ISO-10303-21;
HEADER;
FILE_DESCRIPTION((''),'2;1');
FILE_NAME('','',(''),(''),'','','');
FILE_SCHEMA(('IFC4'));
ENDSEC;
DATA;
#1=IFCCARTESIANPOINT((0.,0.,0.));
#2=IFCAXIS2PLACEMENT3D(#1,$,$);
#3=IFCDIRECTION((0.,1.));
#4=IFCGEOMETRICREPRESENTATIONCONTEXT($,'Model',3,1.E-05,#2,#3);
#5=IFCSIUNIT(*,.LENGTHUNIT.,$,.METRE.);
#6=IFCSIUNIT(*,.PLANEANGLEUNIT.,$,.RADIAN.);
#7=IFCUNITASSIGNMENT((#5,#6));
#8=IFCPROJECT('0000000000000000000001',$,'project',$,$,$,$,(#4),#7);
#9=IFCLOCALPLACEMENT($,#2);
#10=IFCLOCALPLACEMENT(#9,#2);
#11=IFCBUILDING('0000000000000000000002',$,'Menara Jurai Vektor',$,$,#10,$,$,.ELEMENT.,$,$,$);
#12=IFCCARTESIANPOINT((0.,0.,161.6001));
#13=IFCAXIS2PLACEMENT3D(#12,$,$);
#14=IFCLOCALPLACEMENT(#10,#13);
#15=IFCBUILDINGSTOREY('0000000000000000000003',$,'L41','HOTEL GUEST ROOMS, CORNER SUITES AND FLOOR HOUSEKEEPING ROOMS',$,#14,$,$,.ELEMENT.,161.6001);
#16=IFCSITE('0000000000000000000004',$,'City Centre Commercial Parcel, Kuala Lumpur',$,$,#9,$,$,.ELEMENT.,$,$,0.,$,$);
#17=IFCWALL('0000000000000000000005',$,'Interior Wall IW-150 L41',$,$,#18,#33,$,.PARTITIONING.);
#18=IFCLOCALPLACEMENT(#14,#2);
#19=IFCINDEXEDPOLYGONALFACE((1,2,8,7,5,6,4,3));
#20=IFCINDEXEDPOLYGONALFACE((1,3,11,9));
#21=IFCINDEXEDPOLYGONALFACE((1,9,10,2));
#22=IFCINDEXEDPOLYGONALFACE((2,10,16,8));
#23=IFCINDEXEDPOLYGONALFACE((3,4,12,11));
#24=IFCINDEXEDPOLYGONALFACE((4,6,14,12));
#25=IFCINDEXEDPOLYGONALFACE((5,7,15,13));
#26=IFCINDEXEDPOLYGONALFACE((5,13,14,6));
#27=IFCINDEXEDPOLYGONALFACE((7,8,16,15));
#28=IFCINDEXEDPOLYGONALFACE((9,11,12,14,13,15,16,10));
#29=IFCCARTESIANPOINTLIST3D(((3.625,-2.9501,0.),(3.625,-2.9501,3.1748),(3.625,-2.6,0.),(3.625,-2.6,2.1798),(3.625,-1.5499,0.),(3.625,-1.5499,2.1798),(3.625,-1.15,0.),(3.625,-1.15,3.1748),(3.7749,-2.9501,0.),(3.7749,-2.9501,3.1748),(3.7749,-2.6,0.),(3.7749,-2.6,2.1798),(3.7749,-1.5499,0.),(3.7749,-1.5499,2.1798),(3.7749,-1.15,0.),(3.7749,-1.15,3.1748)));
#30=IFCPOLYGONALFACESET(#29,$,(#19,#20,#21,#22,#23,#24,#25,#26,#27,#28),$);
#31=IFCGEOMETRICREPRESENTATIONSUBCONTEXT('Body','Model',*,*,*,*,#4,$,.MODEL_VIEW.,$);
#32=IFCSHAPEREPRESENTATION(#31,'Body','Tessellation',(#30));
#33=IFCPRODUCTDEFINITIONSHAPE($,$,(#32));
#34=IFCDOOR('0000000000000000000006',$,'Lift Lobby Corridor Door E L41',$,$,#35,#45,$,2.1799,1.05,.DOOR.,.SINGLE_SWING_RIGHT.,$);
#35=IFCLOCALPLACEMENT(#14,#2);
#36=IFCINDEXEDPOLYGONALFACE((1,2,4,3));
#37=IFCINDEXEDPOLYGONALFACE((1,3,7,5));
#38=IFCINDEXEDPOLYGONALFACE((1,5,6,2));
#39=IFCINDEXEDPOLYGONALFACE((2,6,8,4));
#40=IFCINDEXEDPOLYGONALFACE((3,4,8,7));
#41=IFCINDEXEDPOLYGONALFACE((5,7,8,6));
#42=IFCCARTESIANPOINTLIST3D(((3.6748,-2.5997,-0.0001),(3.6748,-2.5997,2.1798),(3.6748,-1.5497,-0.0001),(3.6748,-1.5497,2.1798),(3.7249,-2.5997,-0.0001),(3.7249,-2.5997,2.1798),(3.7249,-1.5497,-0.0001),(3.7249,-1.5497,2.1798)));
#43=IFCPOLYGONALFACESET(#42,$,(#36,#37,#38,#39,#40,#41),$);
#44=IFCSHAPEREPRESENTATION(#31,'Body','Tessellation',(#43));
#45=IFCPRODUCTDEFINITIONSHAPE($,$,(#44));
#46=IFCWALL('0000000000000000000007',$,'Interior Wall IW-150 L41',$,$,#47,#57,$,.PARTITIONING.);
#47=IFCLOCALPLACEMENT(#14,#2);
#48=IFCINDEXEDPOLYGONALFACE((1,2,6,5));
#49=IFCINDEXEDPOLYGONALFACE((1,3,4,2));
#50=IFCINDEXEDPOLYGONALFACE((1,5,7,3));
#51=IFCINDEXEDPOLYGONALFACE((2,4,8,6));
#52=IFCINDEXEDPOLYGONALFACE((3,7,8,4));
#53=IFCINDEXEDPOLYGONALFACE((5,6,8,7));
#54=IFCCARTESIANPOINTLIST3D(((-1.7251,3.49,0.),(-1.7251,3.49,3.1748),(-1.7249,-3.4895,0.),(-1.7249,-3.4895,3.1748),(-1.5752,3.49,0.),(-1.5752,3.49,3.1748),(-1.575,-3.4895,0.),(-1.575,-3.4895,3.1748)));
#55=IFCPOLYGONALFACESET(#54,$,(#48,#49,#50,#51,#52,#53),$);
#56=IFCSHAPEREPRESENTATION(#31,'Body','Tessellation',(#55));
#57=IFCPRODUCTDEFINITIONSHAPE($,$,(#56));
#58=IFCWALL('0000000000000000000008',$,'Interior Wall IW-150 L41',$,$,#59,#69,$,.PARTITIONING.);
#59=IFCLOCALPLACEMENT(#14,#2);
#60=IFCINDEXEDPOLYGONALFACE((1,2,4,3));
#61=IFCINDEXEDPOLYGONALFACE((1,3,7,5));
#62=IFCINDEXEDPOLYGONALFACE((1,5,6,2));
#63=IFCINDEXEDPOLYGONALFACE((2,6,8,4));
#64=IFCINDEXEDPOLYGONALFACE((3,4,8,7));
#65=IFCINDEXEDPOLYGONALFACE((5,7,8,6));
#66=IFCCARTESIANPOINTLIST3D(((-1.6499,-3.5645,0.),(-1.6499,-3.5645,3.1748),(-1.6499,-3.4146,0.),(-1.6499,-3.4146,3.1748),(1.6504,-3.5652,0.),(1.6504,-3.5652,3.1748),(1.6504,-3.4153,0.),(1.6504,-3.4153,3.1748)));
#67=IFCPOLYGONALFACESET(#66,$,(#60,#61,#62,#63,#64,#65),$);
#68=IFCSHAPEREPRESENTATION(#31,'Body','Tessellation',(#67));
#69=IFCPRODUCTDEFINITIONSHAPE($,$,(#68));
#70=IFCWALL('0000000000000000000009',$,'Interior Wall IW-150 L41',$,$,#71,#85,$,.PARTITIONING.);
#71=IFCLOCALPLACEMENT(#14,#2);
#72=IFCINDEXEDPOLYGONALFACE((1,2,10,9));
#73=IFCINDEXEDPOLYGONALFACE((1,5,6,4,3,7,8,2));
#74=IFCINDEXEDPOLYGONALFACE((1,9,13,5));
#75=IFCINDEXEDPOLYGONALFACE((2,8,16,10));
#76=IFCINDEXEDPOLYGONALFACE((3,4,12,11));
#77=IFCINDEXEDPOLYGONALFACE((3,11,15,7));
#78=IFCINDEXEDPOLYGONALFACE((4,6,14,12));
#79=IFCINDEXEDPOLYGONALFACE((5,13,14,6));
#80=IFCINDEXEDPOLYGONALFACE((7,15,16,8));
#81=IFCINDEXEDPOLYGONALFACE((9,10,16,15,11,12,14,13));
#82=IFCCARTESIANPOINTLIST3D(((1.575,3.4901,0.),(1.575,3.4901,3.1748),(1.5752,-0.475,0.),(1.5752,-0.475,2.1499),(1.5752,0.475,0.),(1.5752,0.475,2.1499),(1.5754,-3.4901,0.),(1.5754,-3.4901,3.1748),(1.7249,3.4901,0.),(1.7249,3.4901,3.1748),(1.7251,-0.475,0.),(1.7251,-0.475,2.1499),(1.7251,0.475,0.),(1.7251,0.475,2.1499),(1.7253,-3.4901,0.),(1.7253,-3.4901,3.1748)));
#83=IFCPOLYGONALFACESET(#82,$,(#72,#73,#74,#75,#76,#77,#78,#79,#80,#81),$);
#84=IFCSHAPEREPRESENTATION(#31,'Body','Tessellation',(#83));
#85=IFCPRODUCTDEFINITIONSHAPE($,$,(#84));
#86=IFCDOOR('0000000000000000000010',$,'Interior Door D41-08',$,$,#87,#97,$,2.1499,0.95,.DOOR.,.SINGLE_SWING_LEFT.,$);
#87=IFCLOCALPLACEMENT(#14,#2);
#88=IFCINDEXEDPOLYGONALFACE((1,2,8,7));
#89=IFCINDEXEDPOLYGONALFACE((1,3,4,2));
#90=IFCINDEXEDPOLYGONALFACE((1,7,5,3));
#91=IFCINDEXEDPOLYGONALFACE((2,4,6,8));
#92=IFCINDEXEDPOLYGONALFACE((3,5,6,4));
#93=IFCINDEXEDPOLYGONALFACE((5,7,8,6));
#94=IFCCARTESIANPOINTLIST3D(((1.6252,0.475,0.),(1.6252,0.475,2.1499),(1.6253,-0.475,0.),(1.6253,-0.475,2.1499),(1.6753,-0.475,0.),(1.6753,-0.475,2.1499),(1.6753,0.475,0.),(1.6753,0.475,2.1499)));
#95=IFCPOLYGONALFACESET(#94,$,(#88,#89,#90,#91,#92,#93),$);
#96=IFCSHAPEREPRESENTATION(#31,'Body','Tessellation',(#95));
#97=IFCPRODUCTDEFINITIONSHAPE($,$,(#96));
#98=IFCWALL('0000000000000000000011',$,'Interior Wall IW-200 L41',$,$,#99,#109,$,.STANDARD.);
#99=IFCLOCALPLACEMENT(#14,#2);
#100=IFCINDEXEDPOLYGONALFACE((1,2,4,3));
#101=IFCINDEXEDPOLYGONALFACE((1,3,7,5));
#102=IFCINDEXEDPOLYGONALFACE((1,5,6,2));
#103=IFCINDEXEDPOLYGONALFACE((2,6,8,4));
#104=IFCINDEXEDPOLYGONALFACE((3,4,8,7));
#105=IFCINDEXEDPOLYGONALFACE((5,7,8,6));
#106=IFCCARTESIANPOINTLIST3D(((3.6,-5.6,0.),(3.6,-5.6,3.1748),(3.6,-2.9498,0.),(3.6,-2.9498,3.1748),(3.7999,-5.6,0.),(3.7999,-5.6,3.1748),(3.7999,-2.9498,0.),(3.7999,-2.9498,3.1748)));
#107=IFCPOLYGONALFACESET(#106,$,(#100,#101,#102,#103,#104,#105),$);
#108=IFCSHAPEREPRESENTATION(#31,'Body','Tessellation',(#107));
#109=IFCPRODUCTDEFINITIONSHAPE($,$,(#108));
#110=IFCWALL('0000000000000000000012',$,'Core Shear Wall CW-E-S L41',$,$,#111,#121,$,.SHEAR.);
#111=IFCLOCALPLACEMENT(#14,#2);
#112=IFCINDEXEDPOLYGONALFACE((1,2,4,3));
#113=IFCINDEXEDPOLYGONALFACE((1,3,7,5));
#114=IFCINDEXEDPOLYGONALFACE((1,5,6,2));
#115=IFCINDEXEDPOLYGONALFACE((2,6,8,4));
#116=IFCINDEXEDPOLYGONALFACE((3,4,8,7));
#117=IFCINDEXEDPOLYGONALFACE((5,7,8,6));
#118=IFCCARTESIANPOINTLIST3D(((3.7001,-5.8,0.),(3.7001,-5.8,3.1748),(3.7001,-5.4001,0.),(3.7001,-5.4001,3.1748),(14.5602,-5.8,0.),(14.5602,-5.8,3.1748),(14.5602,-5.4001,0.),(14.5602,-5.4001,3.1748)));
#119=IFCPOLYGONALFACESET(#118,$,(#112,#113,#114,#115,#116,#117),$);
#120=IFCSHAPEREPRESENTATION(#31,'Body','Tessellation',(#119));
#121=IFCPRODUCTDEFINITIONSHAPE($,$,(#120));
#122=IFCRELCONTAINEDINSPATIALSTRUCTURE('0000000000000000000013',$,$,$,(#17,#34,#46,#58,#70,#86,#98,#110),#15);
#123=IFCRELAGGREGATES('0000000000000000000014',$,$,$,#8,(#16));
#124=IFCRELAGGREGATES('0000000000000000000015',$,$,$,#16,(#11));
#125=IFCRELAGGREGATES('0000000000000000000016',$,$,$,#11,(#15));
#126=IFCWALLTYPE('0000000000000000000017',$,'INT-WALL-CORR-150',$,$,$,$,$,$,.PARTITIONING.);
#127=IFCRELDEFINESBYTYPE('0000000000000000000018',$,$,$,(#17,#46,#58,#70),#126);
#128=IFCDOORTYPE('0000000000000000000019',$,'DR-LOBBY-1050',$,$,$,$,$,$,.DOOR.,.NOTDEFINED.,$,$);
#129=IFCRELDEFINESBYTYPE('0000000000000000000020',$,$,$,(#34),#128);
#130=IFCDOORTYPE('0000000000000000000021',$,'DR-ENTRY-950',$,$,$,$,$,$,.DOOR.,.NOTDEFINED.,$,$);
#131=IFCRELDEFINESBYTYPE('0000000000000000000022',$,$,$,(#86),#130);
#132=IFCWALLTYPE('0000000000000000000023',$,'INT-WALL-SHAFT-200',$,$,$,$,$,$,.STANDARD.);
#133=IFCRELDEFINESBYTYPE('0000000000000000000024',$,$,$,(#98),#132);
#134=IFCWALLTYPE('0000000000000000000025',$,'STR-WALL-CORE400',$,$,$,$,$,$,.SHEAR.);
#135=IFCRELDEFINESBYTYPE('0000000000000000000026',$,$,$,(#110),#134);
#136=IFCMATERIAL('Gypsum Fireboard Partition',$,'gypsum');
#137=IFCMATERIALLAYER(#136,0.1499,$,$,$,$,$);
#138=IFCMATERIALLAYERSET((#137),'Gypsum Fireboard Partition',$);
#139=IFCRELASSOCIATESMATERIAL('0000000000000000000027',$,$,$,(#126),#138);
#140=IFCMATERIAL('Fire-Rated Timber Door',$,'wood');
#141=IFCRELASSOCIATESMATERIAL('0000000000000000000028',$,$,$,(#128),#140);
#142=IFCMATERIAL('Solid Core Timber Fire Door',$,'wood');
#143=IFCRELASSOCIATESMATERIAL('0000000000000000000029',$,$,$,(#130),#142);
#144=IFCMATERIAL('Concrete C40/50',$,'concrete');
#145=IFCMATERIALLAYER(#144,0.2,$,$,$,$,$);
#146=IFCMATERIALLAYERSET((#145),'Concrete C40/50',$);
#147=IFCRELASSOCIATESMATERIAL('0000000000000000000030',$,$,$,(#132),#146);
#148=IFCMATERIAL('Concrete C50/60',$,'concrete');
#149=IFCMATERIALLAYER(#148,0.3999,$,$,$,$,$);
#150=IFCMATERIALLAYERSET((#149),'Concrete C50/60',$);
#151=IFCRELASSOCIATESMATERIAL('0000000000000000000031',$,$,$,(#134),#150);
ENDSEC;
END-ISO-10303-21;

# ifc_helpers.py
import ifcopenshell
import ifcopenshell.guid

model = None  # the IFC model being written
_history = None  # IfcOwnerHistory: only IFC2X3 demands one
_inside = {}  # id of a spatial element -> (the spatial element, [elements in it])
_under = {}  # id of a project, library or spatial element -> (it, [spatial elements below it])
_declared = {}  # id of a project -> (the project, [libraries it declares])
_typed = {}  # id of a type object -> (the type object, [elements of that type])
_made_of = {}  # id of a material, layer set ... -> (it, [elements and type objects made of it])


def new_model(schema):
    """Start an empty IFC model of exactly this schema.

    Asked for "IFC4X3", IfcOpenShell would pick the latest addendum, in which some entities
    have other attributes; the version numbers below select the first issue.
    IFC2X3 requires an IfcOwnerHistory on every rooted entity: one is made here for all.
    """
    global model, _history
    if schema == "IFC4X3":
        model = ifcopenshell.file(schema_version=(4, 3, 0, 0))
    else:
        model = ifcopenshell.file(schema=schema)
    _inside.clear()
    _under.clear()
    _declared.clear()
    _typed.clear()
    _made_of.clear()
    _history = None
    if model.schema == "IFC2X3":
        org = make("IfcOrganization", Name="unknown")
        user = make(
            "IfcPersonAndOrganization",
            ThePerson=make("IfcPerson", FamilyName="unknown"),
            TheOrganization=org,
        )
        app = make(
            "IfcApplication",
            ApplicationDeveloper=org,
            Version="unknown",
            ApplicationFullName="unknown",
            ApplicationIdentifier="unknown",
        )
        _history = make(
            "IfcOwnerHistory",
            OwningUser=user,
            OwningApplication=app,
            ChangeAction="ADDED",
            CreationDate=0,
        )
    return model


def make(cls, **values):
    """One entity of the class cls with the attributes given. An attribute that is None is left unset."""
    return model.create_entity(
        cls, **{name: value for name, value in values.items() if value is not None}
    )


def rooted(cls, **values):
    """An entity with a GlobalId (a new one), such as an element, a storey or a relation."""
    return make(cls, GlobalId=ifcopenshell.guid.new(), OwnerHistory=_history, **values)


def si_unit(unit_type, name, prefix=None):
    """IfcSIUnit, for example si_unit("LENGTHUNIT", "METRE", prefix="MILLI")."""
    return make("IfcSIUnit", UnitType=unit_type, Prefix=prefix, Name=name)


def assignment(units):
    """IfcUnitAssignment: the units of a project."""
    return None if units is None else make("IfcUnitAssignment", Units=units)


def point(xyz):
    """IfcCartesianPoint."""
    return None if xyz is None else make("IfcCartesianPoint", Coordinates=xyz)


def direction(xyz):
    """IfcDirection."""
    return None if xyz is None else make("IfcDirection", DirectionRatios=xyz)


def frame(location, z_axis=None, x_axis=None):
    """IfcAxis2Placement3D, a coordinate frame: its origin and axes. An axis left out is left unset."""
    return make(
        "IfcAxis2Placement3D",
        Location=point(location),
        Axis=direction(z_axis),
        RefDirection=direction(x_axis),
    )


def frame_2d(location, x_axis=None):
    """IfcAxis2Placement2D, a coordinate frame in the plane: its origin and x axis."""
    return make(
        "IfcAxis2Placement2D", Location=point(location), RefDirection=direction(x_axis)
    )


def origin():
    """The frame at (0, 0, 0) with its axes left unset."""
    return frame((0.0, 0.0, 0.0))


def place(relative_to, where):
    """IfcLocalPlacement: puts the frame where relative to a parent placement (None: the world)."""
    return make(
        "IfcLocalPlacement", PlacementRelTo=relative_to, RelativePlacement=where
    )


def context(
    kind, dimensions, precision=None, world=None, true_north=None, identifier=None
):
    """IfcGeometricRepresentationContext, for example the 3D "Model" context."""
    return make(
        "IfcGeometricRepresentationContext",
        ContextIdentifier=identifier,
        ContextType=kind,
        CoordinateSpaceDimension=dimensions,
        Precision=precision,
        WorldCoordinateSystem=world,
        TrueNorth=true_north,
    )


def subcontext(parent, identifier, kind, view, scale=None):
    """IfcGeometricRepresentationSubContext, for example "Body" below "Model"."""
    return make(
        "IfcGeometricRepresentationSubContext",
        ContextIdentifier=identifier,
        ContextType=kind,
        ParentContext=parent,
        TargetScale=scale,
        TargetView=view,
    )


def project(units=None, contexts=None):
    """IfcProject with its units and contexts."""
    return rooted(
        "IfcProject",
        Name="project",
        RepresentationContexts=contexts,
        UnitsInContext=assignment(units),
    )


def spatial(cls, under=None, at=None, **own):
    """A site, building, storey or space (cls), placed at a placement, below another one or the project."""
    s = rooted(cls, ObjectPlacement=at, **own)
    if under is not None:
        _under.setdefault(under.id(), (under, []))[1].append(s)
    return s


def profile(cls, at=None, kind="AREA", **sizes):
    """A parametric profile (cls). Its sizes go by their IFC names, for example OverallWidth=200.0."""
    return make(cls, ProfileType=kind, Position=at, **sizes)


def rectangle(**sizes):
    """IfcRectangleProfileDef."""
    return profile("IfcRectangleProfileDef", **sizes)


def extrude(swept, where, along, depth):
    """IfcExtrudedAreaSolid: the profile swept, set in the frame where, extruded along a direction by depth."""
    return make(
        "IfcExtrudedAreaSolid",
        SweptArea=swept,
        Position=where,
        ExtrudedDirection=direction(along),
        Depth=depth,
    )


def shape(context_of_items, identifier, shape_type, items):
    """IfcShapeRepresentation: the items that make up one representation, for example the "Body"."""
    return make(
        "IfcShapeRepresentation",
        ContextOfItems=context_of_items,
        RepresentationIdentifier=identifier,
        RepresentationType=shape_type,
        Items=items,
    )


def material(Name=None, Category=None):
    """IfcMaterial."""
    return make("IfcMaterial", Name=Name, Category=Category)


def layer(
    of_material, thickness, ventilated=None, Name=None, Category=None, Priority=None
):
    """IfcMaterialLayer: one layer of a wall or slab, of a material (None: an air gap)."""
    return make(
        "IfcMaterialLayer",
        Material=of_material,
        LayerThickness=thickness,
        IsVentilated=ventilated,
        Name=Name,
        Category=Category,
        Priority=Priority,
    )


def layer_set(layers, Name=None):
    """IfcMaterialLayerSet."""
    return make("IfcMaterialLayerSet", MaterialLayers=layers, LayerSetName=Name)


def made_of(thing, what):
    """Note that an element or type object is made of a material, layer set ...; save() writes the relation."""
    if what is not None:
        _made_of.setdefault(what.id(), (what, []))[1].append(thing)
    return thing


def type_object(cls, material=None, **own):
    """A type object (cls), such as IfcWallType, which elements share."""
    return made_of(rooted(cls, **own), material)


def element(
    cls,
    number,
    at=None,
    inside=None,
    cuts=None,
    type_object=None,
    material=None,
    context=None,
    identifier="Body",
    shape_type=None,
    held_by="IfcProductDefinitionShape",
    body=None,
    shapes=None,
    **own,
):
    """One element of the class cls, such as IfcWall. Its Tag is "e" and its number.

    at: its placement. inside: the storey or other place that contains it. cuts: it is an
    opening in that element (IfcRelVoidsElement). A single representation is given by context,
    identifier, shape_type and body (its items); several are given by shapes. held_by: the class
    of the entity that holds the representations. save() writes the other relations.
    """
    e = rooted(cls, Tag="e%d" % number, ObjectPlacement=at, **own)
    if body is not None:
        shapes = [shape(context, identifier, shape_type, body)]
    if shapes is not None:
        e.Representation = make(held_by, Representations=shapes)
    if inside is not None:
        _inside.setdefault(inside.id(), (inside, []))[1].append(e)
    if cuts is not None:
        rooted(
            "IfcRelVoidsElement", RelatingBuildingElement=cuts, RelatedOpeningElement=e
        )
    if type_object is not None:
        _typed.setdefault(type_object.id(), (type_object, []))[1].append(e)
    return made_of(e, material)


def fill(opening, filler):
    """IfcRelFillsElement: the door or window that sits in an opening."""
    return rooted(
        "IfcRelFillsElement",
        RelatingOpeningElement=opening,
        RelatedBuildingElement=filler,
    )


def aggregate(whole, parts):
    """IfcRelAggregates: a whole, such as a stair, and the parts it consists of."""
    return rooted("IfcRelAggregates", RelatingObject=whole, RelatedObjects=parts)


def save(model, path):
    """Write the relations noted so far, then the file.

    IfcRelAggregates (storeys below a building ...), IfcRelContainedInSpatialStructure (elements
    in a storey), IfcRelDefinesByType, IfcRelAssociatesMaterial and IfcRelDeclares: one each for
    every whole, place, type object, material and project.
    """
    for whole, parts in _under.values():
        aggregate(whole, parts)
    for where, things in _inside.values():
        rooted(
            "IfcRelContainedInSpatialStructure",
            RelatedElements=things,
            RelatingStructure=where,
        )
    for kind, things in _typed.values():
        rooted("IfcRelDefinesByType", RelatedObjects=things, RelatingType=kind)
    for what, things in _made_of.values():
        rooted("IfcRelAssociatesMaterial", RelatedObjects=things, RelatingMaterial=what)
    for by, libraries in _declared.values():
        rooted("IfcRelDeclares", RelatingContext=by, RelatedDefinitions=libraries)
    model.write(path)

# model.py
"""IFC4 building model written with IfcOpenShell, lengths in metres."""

from ifc_helpers import new_model, si_unit, direction, frame, frame_2d, origin, place, context, subcontext, project, spatial, rectangle, extrude, material, layer, layer_set, type_object, element, fill, save


model = new_model("IFC4")

# Units and contexts
model_context = context("Model", 3, precision=1e-05, world=origin(), true_north=direction((0.0, 1.0)))
body_context = subcontext(model_context, "Body", "Model", "MODEL_VIEW")
ifc_project = project(units=[si_unit("LENGTHUNIT", "METRE"), si_unit("PLANEANGLEUNIT", "RADIAN")], contexts=[model_context])

# Site, building, storey
site_placement = place(None, origin())
site = spatial("IfcSite", under=ifc_project, at=site_placement, Name="City Centre Commercial Parcel, Kuala Lumpur", CompositionType="ELEMENT", RefElevation=0.0)
building_placement = place(site_placement, origin())
building = spatial("IfcBuilding", under=site, at=building_placement, Name="Menara Jurai Vektor", CompositionType="ELEMENT")
storey_placement = place(building_placement, frame((0.0, 0.0, 161.6001)))
storey = spatial("IfcBuildingStorey", under=building, at=storey_placement, Name="L41", Description="HOTEL GUEST ROOMS, CORNER SUITES AND FLOOR HOUSEKEEPING ROOMS", CompositionType="ELEMENT", Elevation=161.6001)

# Shared definitions
ifc_material_1 = material(Name="Concrete C50/60", Category="concrete")

# Shared definitions
ifc_material_2 = material(Name="Concrete C40/50", Category="concrete")

# Wall, opening, door
ifc_material_3 = material(Name="Gypsum Fireboard Partition", Category="gypsum")
ifc_layer_1 = layer(ifc_material_3, 0.1499)
ifc_layer_set_1 = layer_set([ifc_layer_1], Name="Gypsum Fireboard Partition")
wall_type_1 = type_object("IfcWallType", Name="INT-WALL-CORR-150", PredefinedType="PARTITIONING", material=ifc_layer_set_1)
wall_1_placement = place(storey_placement, frame((3.7, -2.95, 0.0), z_axis=(0.0, 0.0, 1.0), x_axis=(0.0, 1.0, 0.0)))
wall_1 = element("IfcWall", 1, at=wall_1_placement, inside=storey, type_object=wall_type_1, Name="Interior Wall IW-150 L41", PredefinedType="PARTITIONING", context=body_context, shape_type="SweptSolid", body=[
    extrude(rectangle(XDim=1.8, YDim=0.1499, at=frame_2d((0.8999, 0.0))), origin(), (0.0, 0.0, 1.0), 3.1748),
])
opening_1_placement = place(wall_1_placement, frame((0.3501, 0.0, 0.0)))
opening_1 = element("IfcOpeningElement", 2, at=opening_1_placement, cuts=wall_1, PredefinedType="OPENING", context=body_context, shape_type="SweptSolid", body=[
    extrude(rectangle(XDim=1.05, YDim=2.1799, at=frame_2d((0.5249, 1.0898))), frame((0.0, 0.085, 0.0), z_axis=(0.0, -1.0, 0.0), x_axis=(1.0, 0.0, 0.0)), (0.0, 0.0, 1.0), 0.1699),
])
ifc_material_4 = material(Name="Fire-Rated Timber Door", Category="wood")
door_type_1 = type_object("IfcDoorType", Name="DR-LOBBY-1050", OperationType="NOTDEFINED", PredefinedType="DOOR", material=ifc_material_4)
door_1_placement = place(opening_1_placement, frame((1.05, 0.0, 0.0), z_axis=(0.0, 0.0, 1.0), x_axis=(-1.0, 0.0, 0.0)))
door_1 = element("IfcDoor", 3, at=door_1_placement, inside=storey, type_object=door_type_1, Name="Lift Lobby Corridor Door E L41", OperationType="SINGLE_SWING_RIGHT", OverallHeight=2.1799, OverallWidth=1.05, PredefinedType="DOOR", context=body_context, shape_type="SweptSolid", body=[
    extrude(rectangle(XDim=1.05, YDim=2.1799, at=frame_2d((0.5249, 1.0898))), frame((0.0, 0.0249, 0.0), z_axis=(0.0, -1.0, 0.0), x_axis=(1.0, 0.0, 0.0)), (0.0, 0.0, 1.0), 0.05),
])
fill(opening_1, door_1)

# Walls
wall_2_placement = place(storey_placement, frame((-1.6499, -3.4895, 0.0), z_axis=(0.0, 0.0, 1.0), x_axis=(-0.000035, 1.0, 0.0)))
element("IfcWall", 4, at=wall_2_placement, inside=storey, type_object=wall_type_1, Name="Interior Wall IW-150 L41", PredefinedType="PARTITIONING", context=body_context, shape_type="SweptSolid", body=[
    extrude(rectangle(XDim=6.9795, YDim=0.1499, at=frame_2d((3.4897, 0.0))), origin(), (0.0, 0.0, 1.0), 3.1748),
])
wall_3_placement = place(storey_placement, frame((-1.6499, -3.4895, 0.0), z_axis=(0.0, 0.0, 1.0), x_axis=(1.0, -0.000222, 0.0)))
element("IfcWall", 5, at=wall_3_placement, inside=storey, type_object=wall_type_1, Name="Interior Wall IW-150 L41", PredefinedType="PARTITIONING", context=body_context, shape_type="SweptSolid", body=[
    extrude(rectangle(XDim=3.3003, YDim=0.1499, at=frame_2d((1.6501, 0.0))), origin(), (0.0, 0.0, 1.0), 3.1748),
])

# Wall, opening, door
wall_4_placement = place(storey_placement, frame((1.6504, -3.4902, 0.0), z_axis=(0.0, 0.0, 1.0), x_axis=(-0.00007, 1.0, 0.0)))
wall_4 = element("IfcWall", 6, at=wall_4_placement, inside=storey, type_object=wall_type_1, Name="Interior Wall IW-150 L41", PredefinedType="PARTITIONING", context=body_context, shape_type="SweptSolid", body=[
    extrude(rectangle(XDim=6.9802, YDim=0.1499, at=frame_2d((3.4902, 0.0))), origin(), (0.0, 0.0, 1.0), 3.1748),
])
opening_2_placement = place(wall_4_placement, frame((3.0151, 0.0, 0.0)))
opening_2 = element("IfcOpeningElement", 7, at=opening_2_placement, cuts=wall_4, PredefinedType="OPENING", context=body_context, shape_type="SweptSolid", body=[
    extrude(rectangle(XDim=0.95, YDim=2.1499, at=frame_2d((0.4751, 1.075))), frame((0.0, 0.085, 0.0), z_axis=(0.0, -1.0, 0.0), x_axis=(1.0, 0.0, 0.0)), (0.0, 0.0, 1.0), 0.1699),
])
ifc_material_5 = material(Name="Solid Core Timber Fire Door", Category="wood")
door_type_2 = type_object("IfcDoorType", Name="DR-ENTRY-950", OperationType="NOTDEFINED", PredefinedType="DOOR", material=ifc_material_5)
door_2_placement = place(opening_2_placement, origin())
door_2 = element("IfcDoor", 8, at=door_2_placement, inside=storey, type_object=door_type_2, Name="Interior Door D41-08", OperationType="SINGLE_SWING_LEFT", OverallHeight=2.1499, OverallWidth=0.95, PredefinedType="DOOR", context=body_context, shape_type="SweptSolid", body=[
    extrude(rectangle(XDim=0.95, YDim=2.1499, at=frame_2d((0.4751, 1.075))), frame((0.0, 0.0249, 0.0), z_axis=(0.0, -1.0, 0.0), x_axis=(1.0, 0.0, 0.0)), (0.0, 0.0, 1.0), 0.05),
])
fill(opening_2, door_2)

# Shared definitions
ifc_layer_2 = layer(ifc_material_2, 0.2)
ifc_layer_set_2 = layer_set([ifc_layer_2], Name="Concrete C40/50")
wall_type_2 = type_object("IfcWallType", Name="INT-WALL-SHAFT-200", PredefinedType="STANDARD", material=ifc_layer_set_2)

# Wall
wall_5_placement = place(storey_placement, frame((3.7, -5.6001, 0.0), z_axis=(0.0, 0.0, 1.0), x_axis=(0.0, 1.0, 0.0)))
element("IfcWall", 9, at=wall_5_placement, inside=storey, type_object=wall_type_2, Name="Interior Wall IW-200 L41", PredefinedType="STANDARD", context=body_context, shape_type="SweptSolid", body=[
    extrude(rectangle(XDim=2.6501, YDim=0.2, at=frame_2d((1.3252, 0.0))), origin(), (0.0, 0.0, 1.0), 3.1748),
])

# Wall
ifc_layer_3 = layer(ifc_material_1, 0.3999)
ifc_layer_set_3 = layer_set([ifc_layer_3], Name="Concrete C50/60")
wall_type_3 = type_object("IfcWallType", Name="STR-WALL-CORE400", PredefinedType="SHEAR", material=ifc_layer_set_3)
wall_6_placement = place(storey_placement, frame((3.7, -5.6001, 0.0), z_axis=(0.0, 0.0, 1.0), x_axis=(1.0, 0.0, 0.0)))
element("IfcWall", 10, at=wall_6_placement, inside=storey, type_object=wall_type_3, Name="Core Shear Wall CW-E-S L41", PredefinedType="SHEAR", context=body_context, shape_type="SweptSolid", body=[
    extrude(rectangle(XDim=10.8601, YDim=0.3999, at=frame_2d((5.4302, 0.0))), origin(), (0.0, 0.0, 1.0), 3.1748),
])

save(model, "model.ifc")
